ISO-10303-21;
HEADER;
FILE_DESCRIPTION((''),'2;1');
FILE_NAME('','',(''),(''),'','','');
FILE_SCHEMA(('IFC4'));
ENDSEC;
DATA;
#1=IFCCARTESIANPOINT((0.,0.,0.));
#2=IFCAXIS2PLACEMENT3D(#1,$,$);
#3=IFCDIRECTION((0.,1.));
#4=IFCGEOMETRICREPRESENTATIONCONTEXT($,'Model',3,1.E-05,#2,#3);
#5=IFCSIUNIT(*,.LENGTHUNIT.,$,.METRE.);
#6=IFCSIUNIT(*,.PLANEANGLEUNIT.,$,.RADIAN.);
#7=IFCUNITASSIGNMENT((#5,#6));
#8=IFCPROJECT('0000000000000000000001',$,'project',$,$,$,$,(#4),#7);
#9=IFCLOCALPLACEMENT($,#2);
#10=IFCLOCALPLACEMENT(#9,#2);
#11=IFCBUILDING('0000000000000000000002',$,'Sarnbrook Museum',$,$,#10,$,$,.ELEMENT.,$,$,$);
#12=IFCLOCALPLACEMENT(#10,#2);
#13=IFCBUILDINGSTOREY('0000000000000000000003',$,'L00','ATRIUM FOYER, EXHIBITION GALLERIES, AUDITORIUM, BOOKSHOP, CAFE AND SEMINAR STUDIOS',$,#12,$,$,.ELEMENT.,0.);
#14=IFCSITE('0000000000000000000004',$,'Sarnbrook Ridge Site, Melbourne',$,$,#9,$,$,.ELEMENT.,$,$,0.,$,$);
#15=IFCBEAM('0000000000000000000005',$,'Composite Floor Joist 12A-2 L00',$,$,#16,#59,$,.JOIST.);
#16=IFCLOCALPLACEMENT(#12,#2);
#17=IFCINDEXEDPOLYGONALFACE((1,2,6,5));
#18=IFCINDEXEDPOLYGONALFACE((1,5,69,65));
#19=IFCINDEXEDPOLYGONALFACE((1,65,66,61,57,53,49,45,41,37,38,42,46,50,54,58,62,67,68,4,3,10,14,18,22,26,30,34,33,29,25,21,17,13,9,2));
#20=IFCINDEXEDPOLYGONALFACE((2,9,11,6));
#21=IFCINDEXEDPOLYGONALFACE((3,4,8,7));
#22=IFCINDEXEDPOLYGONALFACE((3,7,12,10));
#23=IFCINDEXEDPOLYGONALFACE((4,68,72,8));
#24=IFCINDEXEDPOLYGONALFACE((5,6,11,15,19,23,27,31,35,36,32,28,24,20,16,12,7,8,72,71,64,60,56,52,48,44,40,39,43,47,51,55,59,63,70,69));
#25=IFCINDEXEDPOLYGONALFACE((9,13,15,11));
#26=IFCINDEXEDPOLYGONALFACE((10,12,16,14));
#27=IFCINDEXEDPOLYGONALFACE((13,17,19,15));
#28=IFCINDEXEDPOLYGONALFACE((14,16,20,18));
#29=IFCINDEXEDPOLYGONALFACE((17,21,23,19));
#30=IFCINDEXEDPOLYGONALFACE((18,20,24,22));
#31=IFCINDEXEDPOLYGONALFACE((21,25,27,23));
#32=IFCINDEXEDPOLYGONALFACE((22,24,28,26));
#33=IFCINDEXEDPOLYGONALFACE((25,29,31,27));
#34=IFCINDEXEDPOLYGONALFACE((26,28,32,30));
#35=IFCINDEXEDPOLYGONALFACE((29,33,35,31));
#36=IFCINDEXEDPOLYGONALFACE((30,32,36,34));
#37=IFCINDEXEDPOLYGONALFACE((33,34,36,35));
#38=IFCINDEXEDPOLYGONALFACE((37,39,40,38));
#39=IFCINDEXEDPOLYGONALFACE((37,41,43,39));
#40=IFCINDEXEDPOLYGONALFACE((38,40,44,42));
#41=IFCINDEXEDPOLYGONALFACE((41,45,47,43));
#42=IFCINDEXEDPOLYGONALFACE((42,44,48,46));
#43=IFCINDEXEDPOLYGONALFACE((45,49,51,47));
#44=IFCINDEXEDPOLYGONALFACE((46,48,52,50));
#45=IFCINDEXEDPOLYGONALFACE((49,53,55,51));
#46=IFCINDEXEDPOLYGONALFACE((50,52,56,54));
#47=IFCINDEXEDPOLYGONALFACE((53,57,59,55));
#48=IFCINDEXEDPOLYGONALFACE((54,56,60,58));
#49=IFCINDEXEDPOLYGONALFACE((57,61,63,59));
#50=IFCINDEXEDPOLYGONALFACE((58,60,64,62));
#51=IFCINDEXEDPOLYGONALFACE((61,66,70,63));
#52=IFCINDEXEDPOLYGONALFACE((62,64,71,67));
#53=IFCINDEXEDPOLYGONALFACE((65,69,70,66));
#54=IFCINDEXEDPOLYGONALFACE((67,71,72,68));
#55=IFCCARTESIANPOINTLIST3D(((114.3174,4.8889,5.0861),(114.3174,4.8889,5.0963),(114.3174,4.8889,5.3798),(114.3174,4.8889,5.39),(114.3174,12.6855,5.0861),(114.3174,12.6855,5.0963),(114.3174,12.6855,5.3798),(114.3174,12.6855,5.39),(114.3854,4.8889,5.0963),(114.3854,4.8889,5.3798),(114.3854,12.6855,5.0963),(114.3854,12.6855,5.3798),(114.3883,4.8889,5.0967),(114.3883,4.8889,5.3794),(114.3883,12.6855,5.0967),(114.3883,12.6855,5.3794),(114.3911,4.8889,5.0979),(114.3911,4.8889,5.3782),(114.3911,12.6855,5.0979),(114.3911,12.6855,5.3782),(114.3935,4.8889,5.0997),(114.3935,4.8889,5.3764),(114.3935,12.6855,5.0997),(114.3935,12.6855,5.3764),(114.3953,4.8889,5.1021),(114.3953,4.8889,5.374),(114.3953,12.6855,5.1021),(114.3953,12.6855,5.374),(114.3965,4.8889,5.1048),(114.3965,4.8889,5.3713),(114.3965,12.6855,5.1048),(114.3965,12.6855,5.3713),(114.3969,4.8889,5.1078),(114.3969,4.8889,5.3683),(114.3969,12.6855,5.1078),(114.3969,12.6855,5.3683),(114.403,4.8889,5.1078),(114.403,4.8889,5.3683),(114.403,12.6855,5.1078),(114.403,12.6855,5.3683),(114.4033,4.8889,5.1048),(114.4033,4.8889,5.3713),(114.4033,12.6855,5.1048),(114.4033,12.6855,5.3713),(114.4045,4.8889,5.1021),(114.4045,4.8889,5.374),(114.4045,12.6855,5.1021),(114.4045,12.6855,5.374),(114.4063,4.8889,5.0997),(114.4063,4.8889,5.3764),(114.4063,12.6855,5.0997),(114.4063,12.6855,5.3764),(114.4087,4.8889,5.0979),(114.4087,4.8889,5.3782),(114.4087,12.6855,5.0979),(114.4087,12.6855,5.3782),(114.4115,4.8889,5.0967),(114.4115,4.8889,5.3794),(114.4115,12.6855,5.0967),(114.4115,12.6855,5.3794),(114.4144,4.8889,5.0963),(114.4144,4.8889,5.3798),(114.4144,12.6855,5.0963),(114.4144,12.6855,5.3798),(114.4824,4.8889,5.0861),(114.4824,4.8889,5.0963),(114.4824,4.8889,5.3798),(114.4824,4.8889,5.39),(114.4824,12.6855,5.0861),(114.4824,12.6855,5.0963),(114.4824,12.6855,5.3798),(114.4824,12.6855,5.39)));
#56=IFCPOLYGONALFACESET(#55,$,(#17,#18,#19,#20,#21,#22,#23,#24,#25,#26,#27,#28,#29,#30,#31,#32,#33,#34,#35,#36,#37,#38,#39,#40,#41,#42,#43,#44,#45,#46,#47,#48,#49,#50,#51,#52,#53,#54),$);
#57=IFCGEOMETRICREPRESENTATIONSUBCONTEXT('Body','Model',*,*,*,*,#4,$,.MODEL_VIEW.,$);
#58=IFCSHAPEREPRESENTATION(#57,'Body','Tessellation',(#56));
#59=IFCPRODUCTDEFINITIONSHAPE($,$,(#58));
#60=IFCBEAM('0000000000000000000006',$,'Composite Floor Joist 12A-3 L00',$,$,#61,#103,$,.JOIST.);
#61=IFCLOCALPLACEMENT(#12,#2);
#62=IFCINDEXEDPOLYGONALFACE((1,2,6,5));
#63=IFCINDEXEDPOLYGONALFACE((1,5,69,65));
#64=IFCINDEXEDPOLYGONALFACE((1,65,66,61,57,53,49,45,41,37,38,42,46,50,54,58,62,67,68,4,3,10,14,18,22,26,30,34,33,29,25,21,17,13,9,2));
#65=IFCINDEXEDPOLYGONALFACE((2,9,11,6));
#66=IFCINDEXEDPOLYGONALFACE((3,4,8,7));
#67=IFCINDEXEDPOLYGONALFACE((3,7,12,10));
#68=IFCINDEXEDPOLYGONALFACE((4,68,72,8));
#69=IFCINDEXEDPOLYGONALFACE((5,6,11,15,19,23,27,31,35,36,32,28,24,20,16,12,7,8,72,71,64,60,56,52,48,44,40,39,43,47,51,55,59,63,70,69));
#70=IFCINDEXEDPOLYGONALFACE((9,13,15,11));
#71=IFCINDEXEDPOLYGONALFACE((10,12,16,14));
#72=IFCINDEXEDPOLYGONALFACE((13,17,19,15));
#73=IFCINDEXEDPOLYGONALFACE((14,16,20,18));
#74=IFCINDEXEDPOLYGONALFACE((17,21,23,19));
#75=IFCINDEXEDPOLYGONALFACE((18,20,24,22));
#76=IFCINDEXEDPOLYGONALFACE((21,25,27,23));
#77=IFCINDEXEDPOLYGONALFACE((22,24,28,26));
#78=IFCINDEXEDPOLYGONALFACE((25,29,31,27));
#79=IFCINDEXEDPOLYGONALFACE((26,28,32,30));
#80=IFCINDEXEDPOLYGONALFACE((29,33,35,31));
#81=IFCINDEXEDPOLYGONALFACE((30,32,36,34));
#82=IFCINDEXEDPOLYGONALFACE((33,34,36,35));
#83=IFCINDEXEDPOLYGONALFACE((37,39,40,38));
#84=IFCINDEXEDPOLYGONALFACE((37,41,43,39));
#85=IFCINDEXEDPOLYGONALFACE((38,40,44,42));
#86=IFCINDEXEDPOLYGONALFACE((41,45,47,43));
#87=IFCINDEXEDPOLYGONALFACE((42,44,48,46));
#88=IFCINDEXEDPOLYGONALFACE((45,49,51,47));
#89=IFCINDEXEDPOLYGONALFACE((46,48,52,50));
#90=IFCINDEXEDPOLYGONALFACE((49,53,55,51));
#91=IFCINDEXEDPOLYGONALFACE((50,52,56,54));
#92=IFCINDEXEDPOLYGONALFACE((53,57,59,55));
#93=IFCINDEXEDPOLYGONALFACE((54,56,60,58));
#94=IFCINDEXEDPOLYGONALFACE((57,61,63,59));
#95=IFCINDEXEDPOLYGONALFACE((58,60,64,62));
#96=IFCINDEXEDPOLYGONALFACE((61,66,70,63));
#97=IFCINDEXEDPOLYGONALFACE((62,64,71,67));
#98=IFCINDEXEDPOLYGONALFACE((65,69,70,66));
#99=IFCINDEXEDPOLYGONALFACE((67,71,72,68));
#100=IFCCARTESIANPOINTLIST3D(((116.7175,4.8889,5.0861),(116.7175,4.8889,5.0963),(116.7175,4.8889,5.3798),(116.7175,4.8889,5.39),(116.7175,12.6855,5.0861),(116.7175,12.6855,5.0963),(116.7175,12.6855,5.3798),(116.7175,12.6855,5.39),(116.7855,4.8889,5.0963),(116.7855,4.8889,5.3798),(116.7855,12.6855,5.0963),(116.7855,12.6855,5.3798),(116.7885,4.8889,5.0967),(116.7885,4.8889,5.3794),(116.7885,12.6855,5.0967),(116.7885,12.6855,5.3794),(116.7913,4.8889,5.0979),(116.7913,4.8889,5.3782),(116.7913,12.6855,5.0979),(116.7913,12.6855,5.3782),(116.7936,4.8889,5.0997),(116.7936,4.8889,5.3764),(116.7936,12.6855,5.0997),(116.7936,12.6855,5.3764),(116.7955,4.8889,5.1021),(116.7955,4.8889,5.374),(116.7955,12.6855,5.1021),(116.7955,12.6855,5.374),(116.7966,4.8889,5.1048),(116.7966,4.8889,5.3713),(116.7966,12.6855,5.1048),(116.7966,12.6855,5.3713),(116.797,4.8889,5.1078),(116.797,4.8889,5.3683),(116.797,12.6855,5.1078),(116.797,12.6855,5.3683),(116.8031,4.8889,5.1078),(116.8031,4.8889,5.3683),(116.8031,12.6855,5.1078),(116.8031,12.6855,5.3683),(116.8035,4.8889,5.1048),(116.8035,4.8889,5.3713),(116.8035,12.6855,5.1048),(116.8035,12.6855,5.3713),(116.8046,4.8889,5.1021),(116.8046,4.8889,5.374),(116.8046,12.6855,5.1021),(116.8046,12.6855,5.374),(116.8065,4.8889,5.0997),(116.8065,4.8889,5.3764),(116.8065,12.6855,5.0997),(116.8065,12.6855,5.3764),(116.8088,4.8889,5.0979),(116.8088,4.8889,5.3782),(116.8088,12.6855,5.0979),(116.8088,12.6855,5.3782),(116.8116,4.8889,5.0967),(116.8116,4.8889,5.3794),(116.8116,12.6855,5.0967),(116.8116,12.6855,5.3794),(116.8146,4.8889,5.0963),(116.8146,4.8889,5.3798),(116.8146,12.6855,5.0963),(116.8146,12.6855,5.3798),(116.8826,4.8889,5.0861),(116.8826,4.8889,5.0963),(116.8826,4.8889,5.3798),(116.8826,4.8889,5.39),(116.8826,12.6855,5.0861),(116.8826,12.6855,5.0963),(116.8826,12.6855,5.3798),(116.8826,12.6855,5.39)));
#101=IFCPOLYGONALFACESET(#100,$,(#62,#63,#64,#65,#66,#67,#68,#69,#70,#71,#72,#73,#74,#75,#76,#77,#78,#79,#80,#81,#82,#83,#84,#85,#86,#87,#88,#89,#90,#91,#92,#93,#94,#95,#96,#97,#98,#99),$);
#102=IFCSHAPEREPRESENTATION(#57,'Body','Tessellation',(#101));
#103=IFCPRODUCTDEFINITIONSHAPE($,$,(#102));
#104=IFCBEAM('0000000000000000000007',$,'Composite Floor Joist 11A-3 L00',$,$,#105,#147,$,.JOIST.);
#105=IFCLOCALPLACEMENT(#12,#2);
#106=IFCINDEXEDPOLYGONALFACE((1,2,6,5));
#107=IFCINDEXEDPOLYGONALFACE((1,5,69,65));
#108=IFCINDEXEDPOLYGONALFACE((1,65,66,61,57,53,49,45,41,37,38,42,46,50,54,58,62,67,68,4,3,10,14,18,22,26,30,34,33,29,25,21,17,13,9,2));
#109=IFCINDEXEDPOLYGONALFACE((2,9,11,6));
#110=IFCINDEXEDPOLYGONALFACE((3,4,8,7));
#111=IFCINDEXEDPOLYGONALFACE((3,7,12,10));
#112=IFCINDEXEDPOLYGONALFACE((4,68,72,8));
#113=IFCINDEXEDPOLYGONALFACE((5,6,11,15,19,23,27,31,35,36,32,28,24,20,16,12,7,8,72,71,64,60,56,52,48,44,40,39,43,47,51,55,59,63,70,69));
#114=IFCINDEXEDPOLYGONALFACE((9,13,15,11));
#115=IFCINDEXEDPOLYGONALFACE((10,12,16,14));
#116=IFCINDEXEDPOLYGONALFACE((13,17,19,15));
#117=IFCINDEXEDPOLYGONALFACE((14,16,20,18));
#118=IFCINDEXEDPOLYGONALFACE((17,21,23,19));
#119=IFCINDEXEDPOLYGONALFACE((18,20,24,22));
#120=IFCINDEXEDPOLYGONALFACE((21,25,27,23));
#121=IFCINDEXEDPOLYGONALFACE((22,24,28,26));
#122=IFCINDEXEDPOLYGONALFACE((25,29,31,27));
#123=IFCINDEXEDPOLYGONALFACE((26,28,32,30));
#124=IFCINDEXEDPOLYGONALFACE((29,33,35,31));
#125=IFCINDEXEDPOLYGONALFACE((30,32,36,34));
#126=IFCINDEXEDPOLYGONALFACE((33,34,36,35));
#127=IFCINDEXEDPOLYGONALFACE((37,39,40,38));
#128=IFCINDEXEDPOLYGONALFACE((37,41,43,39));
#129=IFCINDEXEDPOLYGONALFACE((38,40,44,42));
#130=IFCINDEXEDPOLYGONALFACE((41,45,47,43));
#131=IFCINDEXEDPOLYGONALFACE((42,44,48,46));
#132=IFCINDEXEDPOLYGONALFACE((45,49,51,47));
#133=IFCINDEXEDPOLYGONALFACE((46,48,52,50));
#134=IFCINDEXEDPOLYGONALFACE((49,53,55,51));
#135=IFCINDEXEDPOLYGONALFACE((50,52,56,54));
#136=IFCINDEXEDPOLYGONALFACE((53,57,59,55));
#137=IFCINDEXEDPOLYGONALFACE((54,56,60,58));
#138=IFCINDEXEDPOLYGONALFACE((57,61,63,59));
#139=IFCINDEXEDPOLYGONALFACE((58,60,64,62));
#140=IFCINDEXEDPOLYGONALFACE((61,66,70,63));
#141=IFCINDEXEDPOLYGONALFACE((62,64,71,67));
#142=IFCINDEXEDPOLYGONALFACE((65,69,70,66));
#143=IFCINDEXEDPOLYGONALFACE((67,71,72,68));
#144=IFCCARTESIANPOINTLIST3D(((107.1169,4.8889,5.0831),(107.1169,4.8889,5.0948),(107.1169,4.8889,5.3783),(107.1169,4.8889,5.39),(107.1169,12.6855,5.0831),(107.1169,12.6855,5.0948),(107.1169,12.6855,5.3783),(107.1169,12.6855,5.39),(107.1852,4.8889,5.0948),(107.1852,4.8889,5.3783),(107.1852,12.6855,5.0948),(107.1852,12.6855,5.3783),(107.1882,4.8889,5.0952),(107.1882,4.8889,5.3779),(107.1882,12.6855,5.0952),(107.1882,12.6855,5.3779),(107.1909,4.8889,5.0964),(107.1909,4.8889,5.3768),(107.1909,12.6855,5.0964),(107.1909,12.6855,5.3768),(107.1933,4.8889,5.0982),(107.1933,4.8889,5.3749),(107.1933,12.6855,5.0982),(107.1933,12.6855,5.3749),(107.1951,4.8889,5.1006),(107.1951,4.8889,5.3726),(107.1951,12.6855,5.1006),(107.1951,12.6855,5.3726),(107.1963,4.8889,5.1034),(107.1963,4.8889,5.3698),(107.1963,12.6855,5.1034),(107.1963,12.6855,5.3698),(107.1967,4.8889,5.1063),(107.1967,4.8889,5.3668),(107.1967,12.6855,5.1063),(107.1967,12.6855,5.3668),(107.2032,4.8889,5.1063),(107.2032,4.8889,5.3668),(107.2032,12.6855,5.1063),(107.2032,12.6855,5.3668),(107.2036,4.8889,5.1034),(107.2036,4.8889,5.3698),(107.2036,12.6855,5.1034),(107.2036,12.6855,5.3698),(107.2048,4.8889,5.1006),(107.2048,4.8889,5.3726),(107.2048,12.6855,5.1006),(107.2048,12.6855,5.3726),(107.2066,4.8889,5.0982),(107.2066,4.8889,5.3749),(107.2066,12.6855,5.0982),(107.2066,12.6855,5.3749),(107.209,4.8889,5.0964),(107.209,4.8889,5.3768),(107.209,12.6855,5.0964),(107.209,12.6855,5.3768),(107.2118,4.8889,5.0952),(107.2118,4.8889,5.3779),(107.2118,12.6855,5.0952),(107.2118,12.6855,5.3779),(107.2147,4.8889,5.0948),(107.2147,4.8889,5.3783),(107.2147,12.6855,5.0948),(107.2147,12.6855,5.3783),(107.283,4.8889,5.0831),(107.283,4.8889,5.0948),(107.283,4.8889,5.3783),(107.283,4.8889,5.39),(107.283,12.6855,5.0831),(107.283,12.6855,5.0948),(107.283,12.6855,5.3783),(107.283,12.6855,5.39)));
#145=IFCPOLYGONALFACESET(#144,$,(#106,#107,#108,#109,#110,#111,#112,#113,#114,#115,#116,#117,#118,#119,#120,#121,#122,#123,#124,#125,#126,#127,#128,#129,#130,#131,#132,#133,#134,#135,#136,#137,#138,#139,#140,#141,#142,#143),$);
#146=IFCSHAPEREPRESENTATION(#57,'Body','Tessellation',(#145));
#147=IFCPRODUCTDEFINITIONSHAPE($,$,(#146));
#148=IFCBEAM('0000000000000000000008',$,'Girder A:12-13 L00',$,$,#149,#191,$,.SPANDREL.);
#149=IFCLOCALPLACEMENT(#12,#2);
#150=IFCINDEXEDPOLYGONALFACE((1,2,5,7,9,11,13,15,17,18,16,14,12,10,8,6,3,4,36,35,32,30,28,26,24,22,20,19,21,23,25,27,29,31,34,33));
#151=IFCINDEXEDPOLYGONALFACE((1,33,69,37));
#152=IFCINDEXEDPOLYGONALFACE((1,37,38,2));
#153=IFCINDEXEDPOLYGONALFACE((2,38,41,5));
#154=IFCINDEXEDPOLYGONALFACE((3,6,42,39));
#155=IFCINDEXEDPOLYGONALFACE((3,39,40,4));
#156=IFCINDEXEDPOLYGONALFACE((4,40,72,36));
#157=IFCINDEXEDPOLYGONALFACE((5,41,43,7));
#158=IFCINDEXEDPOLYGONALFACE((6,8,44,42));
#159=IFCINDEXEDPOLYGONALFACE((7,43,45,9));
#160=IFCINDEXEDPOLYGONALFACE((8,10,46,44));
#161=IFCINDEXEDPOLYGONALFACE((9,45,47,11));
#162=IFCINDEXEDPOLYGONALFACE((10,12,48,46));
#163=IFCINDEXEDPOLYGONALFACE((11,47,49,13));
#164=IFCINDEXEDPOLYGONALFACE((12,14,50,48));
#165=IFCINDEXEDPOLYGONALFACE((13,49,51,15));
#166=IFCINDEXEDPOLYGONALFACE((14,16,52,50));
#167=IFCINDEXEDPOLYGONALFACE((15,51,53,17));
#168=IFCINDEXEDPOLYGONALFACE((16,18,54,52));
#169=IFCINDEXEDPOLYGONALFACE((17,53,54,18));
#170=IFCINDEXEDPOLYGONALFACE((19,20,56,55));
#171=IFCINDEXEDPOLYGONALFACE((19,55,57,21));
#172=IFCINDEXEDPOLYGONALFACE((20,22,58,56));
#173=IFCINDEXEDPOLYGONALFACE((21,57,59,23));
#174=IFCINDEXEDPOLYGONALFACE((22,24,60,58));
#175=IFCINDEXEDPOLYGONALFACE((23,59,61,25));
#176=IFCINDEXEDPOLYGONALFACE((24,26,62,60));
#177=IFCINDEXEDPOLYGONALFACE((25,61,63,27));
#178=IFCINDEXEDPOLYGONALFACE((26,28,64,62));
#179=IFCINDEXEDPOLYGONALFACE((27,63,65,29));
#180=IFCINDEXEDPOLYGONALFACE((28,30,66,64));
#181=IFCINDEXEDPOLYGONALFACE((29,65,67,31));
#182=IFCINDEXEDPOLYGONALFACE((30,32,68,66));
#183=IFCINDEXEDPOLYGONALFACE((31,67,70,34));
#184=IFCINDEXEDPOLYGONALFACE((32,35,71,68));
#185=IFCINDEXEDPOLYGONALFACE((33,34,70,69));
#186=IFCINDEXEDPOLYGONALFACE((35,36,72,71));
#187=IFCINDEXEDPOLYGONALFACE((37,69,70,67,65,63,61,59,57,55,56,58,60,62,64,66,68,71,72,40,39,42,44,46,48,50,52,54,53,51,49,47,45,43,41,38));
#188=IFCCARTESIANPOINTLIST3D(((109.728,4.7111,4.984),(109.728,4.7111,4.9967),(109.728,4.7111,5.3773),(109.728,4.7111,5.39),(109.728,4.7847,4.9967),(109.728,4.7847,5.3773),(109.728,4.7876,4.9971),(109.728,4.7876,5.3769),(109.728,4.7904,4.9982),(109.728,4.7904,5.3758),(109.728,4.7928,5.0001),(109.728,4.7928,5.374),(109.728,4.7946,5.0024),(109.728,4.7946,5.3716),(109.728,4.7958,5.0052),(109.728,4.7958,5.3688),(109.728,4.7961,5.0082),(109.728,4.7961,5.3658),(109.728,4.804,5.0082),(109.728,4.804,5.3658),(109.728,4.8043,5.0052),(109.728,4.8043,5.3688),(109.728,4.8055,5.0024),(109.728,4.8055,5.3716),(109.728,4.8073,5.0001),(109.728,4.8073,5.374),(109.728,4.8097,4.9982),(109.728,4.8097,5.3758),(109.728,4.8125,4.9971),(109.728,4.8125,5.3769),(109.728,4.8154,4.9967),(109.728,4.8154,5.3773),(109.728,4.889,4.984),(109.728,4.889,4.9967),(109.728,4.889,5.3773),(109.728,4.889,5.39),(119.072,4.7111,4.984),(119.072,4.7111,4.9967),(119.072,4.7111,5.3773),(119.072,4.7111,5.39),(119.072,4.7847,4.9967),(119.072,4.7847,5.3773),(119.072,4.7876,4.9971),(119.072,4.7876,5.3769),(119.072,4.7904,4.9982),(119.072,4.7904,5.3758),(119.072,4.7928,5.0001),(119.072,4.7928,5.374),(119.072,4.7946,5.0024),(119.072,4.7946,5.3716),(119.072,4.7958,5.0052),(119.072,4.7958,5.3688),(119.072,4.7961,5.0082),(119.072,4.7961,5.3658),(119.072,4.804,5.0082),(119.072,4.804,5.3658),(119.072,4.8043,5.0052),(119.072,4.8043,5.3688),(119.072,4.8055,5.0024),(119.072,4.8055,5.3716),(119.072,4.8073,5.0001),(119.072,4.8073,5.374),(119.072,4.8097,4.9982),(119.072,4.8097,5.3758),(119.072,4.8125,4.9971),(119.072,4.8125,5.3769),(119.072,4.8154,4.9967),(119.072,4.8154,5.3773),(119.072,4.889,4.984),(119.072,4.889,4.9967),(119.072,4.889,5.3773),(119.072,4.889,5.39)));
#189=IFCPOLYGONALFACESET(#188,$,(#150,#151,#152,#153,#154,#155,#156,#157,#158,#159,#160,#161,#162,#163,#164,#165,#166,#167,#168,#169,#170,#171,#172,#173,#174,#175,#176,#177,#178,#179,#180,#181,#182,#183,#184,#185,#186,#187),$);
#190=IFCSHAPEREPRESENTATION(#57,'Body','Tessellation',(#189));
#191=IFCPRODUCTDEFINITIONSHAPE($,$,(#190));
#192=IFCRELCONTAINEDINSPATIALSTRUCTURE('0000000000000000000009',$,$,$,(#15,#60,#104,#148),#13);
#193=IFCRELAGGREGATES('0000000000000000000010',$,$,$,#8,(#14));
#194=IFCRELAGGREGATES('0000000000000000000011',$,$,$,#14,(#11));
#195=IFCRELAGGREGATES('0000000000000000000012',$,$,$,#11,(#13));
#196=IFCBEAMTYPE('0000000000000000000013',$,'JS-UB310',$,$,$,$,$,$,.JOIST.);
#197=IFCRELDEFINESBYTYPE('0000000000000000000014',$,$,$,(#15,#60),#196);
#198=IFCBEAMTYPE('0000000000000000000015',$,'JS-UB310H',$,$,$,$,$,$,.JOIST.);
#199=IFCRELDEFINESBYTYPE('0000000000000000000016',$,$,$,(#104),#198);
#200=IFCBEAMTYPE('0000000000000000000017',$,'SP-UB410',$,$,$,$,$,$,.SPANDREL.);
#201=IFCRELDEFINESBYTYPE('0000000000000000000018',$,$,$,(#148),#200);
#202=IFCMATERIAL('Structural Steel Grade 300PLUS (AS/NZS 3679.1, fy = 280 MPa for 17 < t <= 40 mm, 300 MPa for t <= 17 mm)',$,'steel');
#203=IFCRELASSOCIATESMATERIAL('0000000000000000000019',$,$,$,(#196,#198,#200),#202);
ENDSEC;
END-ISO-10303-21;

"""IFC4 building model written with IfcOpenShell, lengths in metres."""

from ifc_helpers import new_model, si_unit, direction, frame, origin, origin_2d, place, context, subcontext, project, spatial, i_section, extrude, material, material_profile, profile_set, type_object, element, save


model = new_model("IFC4")

# Units and contexts
model_context = context("Model", 3, precision=1e-05, world=origin(), true_north=direction((0.0, 1.0)))
body_context = subcontext(model_context, "Body", "Model", "MODEL_VIEW")
ifc_project = project(units=[si_unit("LENGTHUNIT", "METRE"), si_unit("PLANEANGLEUNIT", "RADIAN")], contexts=[model_context])

# Site, building, storey
site_placement = place(None, origin())
site = spatial("IfcSite", under=ifc_project, at=site_placement, Name="Sarnbrook Ridge Site, Melbourne", CompositionType="ELEMENT", RefElevation=0.0)
building_placement = place(site_placement, origin())
building = spatial("IfcBuilding", under=site, at=building_placement, Name="Sarnbrook Museum", CompositionType="ELEMENT")
storey_placement = place(building_placement, origin())
storey = spatial("IfcBuildingStorey", under=building, at=storey_placement, Name="L00", Description="ATRIUM FOYER, EXHIBITION GALLERIES, AUDITORIUM, BOOKSHOP, CAFE AND SEMINAR STUDIOS", CompositionType="ELEMENT", Elevation=0.0)

# Shared definitions
ifc_material_1 = material(Name="Structural Steel Grade 300PLUS (AS/NZS 3679.1, fy = 280 MPa for 17 < t <= 40 mm, 300 MPa for t <= 17 mm)", Category="steel")

# Beams
ifc_material_profile_1 = material_profile(ifc_material_1, i_section(OverallWidth=0.165, OverallDepth=0.304, WebThickness=0.0061, FlangeThickness=0.0103, FilletRadius=0.0115, at=origin_2d()), Name="310UB40.4")
ifc_profile_set_1 = profile_set([ifc_material_profile_1], Name="Structural Steel Grade 300PLUS (AS/NZS 3679.1, fy = 280 MPa for 17 < t <= 40 mm, 300 MPa for t <= 17 mm)")
beam_type_1 = type_object("IfcBeamType", Name="JS-UB310", PredefinedType="JOIST", material=ifc_profile_set_1)
for number, where, z_axis, x_axis, name in (
    (1, (114.3999, 4.8889, 5.238), (0.0, 1.0, 0.0), (-1.0, 0.0, 0.0), "Composite Floor Joist 12A-2 L00"),
    (2, (116.8, 4.8889, 5.238), (0.0, 1.0, 0.0), (-1.0, 0.0, 0.0), "Composite Floor Joist 12A-3 L00"),
):
    element("IfcBeam", number, at=place(storey_placement, frame(where, z_axis=z_axis, x_axis=x_axis)), inside=storey, type_object=beam_type_1, Name=name, PredefinedType="JOIST", context=body_context, shape_type="SweptSolid", body=[
        extrude(i_section(OverallWidth=0.165, OverallDepth=0.304, WebThickness=0.0061, FlangeThickness=0.0103, FilletRadius=0.0115, at=origin_2d()), origin(), (0.0, 0.0, 1.0), 7.7966),
    ])
ifc_material_profile_2 = material_profile(ifc_material_1, i_section(OverallWidth=0.166, OverallDepth=0.3069, WebThickness=0.0066, FlangeThickness=0.0117, FilletRadius=0.0115, at=origin_2d()), Name="310UB46.2")
ifc_profile_set_2 = profile_set([ifc_material_profile_2], Name="Structural Steel Grade 300PLUS (AS/NZS 3679.1, fy = 280 MPa for 17 < t <= 40 mm, 300 MPa for t <= 17 mm)")
beam_type_2 = type_object("IfcBeamType", Name="JS-UB310H", PredefinedType="JOIST", material=ifc_profile_set_2)
beam_1_placement = place(storey_placement, frame((107.2, 4.8889, 5.2366), z_axis=(0.0, 1.0, 0.0), x_axis=(-1.0, 0.0, 0.0)))
element("IfcBeam", 3, at=beam_1_placement, inside=storey, type_object=beam_type_2, Name="Composite Floor Joist 11A-3 L00", PredefinedType="JOIST", context=body_context, shape_type="SweptSolid", body=[
    extrude(i_section(OverallWidth=0.166, OverallDepth=0.3069, WebThickness=0.0066, FlangeThickness=0.0117, FilletRadius=0.0115, at=origin_2d()), origin(), (0.0, 0.0, 1.0), 7.7966),
])
ifc_material_profile_3 = material_profile(ifc_material_1, i_section(OverallWidth=0.178, OverallDepth=0.406, WebThickness=0.0078, FlangeThickness=0.0127, FilletRadius=0.0115, at=origin_2d()), Name="410UB59.7")
ifc_profile_set_3 = profile_set([ifc_material_profile_3], Name="Structural Steel Grade 300PLUS (AS/NZS 3679.1, fy = 280 MPa for 17 < t <= 40 mm, 300 MPa for t <= 17 mm)")
beam_type_3 = type_object("IfcBeamType", Name="SP-UB410", PredefinedType="SPANDREL", material=ifc_profile_set_3)
beam_2_placement = place(storey_placement, frame((109.728, 4.8, 5.187), z_axis=(1.0, 0.0, 0.0), x_axis=(0.0, 1.0, 0.0)))
element("IfcBeam", 4, at=beam_2_placement, inside=storey, type_object=beam_type_3, Name="Girder A:12-13 L00", PredefinedType="SPANDREL", context=body_context, shape_type="SweptSolid", body=[
    extrude(i_section(OverallWidth=0.178, OverallDepth=0.406, WebThickness=0.0078, FlangeThickness=0.0127, FilletRadius=0.0115, at=origin_2d()), origin(), (0.0, 0.0, 1.0), 9.344),
])

save(model, "model.ifc")
